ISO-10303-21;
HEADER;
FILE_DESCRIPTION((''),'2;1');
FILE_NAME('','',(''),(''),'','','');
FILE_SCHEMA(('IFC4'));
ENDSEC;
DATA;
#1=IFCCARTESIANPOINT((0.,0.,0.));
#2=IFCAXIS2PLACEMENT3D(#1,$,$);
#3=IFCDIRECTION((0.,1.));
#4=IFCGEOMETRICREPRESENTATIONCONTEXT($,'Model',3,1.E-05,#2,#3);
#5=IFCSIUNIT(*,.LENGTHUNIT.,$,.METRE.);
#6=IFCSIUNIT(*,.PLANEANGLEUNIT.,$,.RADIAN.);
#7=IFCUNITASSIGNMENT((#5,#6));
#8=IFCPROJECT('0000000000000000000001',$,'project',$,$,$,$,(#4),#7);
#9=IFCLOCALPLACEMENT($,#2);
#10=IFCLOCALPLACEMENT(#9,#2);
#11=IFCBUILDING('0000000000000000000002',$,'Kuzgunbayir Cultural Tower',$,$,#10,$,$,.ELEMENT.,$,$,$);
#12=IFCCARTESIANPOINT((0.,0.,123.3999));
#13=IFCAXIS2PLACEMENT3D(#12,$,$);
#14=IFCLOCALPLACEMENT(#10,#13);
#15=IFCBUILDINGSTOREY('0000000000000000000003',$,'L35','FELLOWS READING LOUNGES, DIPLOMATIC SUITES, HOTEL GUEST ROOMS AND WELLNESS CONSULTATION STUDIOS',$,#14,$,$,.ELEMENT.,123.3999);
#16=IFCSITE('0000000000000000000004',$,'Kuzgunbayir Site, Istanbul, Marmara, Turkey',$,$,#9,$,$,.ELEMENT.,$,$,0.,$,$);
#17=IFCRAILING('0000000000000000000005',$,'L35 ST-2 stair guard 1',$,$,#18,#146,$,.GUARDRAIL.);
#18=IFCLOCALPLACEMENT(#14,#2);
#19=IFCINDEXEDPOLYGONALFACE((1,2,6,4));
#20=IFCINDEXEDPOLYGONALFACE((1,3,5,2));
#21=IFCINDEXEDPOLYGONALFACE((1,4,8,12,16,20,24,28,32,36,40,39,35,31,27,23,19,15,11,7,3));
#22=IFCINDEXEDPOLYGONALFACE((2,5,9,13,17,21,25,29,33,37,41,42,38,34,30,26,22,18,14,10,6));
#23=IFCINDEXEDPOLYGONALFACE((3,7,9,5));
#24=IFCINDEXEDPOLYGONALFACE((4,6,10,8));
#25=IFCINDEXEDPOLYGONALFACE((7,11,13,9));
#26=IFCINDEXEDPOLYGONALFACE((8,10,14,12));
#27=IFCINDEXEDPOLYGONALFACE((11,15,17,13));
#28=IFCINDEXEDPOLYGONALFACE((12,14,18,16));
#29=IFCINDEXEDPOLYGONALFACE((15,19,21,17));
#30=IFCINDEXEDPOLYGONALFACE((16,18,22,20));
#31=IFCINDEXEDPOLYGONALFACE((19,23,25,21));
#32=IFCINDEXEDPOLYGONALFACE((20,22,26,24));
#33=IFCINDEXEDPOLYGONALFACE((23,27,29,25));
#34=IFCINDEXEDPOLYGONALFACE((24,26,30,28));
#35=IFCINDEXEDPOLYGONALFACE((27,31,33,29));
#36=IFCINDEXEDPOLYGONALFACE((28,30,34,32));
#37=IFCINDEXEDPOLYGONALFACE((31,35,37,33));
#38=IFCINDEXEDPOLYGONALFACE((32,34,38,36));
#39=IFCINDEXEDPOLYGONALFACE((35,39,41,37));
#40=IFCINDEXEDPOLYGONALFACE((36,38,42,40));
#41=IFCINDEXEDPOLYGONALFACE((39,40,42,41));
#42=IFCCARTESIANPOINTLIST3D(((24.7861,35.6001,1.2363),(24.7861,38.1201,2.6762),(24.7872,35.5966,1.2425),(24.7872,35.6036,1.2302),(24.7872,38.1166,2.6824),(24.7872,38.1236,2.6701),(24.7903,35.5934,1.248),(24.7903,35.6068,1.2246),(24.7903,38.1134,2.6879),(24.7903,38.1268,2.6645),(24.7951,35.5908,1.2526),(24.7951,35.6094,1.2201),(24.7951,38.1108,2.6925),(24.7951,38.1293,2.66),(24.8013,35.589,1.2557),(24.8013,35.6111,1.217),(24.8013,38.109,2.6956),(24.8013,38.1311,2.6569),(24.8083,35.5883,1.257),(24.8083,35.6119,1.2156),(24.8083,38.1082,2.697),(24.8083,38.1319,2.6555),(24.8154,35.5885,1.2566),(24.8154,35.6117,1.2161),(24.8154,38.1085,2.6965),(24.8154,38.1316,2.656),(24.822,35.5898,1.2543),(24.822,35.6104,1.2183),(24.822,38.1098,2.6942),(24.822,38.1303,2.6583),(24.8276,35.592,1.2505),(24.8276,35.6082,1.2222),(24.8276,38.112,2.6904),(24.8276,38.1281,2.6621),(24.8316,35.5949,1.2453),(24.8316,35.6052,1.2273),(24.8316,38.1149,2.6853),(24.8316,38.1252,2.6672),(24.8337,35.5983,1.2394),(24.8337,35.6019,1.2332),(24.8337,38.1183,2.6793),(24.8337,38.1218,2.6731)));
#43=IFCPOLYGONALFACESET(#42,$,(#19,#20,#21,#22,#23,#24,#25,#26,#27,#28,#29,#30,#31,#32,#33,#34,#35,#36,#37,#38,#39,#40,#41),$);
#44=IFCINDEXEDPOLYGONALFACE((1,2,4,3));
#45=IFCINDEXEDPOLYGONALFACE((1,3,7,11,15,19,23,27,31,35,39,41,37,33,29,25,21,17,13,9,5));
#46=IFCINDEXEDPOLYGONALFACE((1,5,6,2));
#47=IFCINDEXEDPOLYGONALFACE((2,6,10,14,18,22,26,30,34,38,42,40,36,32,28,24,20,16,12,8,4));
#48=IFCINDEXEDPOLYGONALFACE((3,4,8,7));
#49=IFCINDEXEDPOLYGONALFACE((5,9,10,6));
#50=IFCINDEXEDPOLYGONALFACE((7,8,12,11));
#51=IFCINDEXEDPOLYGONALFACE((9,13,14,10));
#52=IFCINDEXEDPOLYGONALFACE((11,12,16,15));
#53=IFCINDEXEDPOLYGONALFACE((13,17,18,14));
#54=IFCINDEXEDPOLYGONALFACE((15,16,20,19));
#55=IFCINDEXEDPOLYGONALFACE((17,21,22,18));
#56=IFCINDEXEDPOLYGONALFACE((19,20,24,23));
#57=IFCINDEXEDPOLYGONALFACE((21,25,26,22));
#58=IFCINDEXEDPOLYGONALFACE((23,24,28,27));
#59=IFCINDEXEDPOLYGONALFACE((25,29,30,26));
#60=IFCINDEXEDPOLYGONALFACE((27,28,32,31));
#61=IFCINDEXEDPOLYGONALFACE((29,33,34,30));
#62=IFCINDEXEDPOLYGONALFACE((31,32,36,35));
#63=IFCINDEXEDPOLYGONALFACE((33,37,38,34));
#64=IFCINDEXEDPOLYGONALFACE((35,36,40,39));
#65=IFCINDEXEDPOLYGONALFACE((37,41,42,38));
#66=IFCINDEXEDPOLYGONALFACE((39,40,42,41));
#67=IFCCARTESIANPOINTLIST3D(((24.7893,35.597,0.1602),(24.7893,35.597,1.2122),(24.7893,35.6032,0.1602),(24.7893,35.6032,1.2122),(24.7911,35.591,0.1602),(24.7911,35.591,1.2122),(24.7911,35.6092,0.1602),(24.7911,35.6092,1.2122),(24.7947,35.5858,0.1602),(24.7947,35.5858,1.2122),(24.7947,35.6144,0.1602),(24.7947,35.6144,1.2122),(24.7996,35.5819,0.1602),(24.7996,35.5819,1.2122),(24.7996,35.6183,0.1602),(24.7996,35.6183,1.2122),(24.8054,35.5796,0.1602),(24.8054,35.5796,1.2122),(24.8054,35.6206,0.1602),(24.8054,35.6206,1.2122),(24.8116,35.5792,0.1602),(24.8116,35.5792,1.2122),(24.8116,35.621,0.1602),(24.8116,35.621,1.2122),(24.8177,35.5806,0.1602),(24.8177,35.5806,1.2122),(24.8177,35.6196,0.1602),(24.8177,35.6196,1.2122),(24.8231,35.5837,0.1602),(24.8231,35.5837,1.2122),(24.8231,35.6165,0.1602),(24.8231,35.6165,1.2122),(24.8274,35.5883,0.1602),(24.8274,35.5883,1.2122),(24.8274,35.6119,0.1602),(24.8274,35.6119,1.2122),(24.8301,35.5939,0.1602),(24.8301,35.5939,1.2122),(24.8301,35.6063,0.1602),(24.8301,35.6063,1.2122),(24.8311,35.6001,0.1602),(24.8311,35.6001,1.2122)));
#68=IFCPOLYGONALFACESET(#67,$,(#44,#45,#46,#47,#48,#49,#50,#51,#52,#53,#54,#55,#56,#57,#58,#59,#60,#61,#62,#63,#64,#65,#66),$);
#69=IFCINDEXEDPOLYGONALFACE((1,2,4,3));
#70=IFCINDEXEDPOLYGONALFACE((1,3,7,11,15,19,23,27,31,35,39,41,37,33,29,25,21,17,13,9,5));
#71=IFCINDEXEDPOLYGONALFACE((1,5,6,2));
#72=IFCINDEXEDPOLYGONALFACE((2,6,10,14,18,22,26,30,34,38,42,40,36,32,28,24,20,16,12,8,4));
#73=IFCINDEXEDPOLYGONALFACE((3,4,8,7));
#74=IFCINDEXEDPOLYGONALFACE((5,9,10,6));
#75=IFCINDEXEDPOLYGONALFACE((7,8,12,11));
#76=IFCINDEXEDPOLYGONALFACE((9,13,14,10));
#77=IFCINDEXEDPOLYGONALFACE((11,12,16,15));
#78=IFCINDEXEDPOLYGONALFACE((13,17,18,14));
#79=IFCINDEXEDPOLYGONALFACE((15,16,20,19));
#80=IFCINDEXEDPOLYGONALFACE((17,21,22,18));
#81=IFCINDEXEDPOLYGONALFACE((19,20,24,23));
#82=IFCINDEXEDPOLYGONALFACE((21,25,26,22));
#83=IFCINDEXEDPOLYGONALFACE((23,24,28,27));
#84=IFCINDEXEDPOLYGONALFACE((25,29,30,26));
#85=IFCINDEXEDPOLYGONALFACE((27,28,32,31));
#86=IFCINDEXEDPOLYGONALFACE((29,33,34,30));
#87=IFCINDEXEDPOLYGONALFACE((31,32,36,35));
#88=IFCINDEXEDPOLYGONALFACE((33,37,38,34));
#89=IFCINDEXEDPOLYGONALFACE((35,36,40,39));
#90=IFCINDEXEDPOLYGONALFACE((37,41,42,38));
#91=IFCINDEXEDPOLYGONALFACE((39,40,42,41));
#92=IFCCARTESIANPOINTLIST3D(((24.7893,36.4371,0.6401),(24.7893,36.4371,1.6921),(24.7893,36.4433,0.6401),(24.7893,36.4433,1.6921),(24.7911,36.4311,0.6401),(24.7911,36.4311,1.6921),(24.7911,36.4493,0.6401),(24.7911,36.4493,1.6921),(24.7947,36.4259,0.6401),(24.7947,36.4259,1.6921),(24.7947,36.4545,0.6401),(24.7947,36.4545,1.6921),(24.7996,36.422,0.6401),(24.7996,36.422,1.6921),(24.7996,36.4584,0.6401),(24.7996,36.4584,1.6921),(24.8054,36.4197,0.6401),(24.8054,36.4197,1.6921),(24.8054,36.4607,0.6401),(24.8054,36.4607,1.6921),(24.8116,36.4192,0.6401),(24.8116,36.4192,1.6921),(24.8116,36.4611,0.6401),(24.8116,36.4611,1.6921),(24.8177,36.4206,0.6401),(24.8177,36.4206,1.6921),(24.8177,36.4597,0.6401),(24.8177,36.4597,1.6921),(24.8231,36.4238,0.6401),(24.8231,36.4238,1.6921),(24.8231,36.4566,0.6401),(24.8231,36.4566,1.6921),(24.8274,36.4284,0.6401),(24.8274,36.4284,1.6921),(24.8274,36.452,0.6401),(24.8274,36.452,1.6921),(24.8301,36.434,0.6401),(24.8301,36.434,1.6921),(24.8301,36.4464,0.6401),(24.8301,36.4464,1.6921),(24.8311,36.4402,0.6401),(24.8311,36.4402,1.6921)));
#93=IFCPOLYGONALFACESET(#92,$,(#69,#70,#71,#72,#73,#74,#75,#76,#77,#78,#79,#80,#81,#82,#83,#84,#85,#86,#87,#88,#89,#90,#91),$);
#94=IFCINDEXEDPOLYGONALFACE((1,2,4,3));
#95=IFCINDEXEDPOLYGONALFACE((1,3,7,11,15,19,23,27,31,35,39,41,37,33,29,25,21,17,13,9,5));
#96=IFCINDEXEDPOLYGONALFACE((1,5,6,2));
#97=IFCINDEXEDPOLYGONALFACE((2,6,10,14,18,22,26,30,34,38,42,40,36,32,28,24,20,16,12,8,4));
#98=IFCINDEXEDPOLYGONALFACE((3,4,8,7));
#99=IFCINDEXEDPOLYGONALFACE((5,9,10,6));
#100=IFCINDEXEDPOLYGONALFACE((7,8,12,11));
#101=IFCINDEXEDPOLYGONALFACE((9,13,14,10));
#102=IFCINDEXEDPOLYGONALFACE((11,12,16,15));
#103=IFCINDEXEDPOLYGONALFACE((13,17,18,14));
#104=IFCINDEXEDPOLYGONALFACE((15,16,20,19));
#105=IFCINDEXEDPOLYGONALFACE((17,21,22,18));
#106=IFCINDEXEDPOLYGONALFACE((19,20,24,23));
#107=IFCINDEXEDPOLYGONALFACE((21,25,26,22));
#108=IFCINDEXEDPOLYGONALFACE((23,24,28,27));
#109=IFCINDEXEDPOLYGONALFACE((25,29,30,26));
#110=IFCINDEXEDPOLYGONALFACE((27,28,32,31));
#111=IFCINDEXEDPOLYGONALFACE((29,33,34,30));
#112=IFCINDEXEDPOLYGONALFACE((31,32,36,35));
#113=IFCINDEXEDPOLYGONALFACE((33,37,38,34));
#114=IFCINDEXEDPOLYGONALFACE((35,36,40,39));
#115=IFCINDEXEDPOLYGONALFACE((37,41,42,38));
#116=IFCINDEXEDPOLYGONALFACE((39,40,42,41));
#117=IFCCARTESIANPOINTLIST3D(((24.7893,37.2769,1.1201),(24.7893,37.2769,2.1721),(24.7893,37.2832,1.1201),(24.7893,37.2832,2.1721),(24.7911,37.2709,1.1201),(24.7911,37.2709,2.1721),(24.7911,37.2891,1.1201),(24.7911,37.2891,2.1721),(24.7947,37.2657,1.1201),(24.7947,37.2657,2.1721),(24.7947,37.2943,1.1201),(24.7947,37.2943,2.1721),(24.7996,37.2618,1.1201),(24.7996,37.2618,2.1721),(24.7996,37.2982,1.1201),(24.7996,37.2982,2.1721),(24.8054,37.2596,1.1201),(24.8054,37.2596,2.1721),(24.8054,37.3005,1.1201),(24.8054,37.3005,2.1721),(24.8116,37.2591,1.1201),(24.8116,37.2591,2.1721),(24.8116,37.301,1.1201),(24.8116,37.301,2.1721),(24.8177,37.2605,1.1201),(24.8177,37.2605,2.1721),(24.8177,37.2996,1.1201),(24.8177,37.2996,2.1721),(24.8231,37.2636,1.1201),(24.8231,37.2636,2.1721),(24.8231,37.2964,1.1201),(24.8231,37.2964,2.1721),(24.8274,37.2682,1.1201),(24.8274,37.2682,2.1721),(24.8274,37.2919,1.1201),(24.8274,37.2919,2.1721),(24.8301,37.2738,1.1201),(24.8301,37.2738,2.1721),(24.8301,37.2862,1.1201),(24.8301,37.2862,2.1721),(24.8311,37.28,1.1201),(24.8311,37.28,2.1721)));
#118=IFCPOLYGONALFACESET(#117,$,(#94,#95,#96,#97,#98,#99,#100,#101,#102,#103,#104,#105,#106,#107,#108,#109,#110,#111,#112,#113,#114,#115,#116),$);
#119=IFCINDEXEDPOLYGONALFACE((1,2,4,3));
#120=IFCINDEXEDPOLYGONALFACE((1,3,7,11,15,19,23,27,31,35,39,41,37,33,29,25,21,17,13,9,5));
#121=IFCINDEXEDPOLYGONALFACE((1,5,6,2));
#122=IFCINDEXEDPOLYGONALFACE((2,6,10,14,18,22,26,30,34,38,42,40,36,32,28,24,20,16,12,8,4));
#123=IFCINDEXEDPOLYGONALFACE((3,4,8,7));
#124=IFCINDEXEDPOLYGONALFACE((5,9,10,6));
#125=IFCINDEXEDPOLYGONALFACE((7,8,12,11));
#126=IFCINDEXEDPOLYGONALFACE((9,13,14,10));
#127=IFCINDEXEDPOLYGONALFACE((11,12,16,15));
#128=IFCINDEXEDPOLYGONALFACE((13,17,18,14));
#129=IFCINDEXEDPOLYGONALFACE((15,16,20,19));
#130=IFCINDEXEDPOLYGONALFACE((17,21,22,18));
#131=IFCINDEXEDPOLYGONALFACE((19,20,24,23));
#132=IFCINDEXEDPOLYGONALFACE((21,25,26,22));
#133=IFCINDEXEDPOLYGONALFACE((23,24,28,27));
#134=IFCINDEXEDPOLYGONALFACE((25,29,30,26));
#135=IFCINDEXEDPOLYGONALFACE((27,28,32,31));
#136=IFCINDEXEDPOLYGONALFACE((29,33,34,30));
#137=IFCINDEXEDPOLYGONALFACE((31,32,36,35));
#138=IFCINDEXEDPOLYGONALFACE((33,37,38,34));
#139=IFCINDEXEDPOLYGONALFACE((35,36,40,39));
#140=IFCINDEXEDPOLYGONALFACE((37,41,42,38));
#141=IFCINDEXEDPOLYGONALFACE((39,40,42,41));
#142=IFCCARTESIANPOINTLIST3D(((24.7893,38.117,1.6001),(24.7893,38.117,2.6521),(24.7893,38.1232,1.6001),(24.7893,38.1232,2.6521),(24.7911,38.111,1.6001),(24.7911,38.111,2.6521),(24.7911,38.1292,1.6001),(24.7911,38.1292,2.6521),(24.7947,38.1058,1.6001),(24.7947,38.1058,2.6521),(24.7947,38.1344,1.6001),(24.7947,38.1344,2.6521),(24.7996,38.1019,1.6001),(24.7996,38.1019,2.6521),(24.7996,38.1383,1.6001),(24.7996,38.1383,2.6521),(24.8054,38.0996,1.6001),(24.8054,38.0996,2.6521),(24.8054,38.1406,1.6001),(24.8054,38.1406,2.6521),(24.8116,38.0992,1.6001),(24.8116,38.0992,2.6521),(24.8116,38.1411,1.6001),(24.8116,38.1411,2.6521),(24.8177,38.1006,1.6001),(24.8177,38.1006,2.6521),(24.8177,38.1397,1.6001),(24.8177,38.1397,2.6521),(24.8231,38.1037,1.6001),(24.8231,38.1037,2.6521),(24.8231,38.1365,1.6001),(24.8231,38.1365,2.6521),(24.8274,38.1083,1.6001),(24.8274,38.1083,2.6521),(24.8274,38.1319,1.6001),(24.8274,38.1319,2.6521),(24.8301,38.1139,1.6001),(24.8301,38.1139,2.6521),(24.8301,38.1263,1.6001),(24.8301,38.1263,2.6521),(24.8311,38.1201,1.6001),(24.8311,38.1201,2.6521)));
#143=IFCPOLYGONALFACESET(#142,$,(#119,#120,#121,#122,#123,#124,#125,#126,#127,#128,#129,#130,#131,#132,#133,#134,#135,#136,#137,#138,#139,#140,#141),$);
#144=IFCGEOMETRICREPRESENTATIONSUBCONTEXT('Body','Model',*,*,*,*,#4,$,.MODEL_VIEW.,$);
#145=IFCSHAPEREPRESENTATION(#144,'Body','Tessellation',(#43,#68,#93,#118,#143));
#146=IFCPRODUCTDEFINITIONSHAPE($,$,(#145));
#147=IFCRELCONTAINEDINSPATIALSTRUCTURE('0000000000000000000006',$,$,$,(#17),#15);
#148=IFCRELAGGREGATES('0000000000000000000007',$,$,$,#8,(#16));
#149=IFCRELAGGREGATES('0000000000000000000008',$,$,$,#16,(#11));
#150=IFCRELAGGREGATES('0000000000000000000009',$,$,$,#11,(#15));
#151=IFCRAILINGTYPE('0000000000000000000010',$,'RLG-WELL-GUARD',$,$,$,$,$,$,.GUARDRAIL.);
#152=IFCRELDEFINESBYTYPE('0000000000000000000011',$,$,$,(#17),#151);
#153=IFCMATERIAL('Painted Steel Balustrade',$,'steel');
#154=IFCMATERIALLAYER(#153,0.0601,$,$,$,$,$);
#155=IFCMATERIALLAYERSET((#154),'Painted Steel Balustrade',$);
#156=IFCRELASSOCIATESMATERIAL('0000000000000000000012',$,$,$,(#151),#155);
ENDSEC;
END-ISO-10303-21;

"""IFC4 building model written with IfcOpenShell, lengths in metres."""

from ifc_helpers import new_model, si_unit, direction, frame, origin, origin_2d, place, context, subcontext, project, spatial, circle, extrude, material, layer, layer_set, type_object, element, save


model = new_model("IFC4")

# Units and contexts
model_context = context("Model", 3, precision=1e-05, world=origin(), true_north=direction((0.0, 1.0)))
body_context = subcontext(model_context, "Body", "Model", "MODEL_VIEW")
ifc_project = project(units=[si_unit("LENGTHUNIT", "METRE"), si_unit("PLANEANGLEUNIT", "RADIAN")], contexts=[model_context])

# Site, building, storey
site_placement = place(None, origin())
site = spatial("IfcSite", under=ifc_project, at=site_placement, Name="Kuzgunbayir Site, Istanbul, Marmara, Turkey", CompositionType="ELEMENT", RefElevation=0.0)
building_placement = place(site_placement, origin())
building = spatial("IfcBuilding", under=site, at=building_placement, Name="Kuzgunbayir Cultural Tower", CompositionType="ELEMENT")
storey_placement = place(building_placement, frame((0.0, 0.0, 123.3999)))
storey = spatial("IfcBuildingStorey", under=building, at=storey_placement, Name="L35", Description="FELLOWS READING LOUNGES, DIPLOMATIC SUITES, HOTEL GUEST ROOMS AND WELLNESS CONSULTATION STUDIOS", CompositionType="ELEMENT", Elevation=123.3999)

# Railing
ifc_material_1 = material(Name="Painted Steel Balustrade", Category="steel")
ifc_layer_1 = layer(ifc_material_1, 0.0601)
ifc_layer_set_1 = layer_set([ifc_layer_1], Name="Painted Steel Balustrade")
railing_type_1 = type_object("IfcRailingType", Name="RLG-WELL-GUARD", PredefinedType="GUARDRAIL", material=ifc_layer_set_1)
railing_1_placement = place(storey_placement, frame((24.8101, 35.6001, 0.1602)))
element("IfcRailing", 1, at=railing_1_placement, inside=storey, type_object=railing_type_1, Name="L35 ST-2 stair guard 1", PredefinedType="GUARDRAIL", context=body_context, shape_type="SweptSolid", body=[
    extrude(circle(Radius=0.0239, at=origin_2d()), frame((0.0, 0.0, 1.0762), z_axis=(0.0, 0.868253, 0.496121), x_axis=(-1.0, 0.0, 0.0)), (0.0, 0.0, 1.0), 2.9023),
    extrude(circle(Radius=0.021, at=origin_2d()), origin(), (0.0, 0.0, 1.0), 1.052),
    extrude(circle(Radius=0.021, at=origin_2d()), frame((0.0, 0.8401, 0.48)), (0.0, 0.0, 1.0), 1.052),
    extrude(circle(Radius=0.021, at=origin_2d()), frame((0.0, 1.6799, 0.96)), (0.0, 0.0, 1.0), 1.052),
    extrude(circle(Radius=0.021, at=origin_2d()), frame((0.0, 2.52, 1.4399)), (0.0, 0.0, 1.0), 1.052),
])

save(model, "model.ifc")
